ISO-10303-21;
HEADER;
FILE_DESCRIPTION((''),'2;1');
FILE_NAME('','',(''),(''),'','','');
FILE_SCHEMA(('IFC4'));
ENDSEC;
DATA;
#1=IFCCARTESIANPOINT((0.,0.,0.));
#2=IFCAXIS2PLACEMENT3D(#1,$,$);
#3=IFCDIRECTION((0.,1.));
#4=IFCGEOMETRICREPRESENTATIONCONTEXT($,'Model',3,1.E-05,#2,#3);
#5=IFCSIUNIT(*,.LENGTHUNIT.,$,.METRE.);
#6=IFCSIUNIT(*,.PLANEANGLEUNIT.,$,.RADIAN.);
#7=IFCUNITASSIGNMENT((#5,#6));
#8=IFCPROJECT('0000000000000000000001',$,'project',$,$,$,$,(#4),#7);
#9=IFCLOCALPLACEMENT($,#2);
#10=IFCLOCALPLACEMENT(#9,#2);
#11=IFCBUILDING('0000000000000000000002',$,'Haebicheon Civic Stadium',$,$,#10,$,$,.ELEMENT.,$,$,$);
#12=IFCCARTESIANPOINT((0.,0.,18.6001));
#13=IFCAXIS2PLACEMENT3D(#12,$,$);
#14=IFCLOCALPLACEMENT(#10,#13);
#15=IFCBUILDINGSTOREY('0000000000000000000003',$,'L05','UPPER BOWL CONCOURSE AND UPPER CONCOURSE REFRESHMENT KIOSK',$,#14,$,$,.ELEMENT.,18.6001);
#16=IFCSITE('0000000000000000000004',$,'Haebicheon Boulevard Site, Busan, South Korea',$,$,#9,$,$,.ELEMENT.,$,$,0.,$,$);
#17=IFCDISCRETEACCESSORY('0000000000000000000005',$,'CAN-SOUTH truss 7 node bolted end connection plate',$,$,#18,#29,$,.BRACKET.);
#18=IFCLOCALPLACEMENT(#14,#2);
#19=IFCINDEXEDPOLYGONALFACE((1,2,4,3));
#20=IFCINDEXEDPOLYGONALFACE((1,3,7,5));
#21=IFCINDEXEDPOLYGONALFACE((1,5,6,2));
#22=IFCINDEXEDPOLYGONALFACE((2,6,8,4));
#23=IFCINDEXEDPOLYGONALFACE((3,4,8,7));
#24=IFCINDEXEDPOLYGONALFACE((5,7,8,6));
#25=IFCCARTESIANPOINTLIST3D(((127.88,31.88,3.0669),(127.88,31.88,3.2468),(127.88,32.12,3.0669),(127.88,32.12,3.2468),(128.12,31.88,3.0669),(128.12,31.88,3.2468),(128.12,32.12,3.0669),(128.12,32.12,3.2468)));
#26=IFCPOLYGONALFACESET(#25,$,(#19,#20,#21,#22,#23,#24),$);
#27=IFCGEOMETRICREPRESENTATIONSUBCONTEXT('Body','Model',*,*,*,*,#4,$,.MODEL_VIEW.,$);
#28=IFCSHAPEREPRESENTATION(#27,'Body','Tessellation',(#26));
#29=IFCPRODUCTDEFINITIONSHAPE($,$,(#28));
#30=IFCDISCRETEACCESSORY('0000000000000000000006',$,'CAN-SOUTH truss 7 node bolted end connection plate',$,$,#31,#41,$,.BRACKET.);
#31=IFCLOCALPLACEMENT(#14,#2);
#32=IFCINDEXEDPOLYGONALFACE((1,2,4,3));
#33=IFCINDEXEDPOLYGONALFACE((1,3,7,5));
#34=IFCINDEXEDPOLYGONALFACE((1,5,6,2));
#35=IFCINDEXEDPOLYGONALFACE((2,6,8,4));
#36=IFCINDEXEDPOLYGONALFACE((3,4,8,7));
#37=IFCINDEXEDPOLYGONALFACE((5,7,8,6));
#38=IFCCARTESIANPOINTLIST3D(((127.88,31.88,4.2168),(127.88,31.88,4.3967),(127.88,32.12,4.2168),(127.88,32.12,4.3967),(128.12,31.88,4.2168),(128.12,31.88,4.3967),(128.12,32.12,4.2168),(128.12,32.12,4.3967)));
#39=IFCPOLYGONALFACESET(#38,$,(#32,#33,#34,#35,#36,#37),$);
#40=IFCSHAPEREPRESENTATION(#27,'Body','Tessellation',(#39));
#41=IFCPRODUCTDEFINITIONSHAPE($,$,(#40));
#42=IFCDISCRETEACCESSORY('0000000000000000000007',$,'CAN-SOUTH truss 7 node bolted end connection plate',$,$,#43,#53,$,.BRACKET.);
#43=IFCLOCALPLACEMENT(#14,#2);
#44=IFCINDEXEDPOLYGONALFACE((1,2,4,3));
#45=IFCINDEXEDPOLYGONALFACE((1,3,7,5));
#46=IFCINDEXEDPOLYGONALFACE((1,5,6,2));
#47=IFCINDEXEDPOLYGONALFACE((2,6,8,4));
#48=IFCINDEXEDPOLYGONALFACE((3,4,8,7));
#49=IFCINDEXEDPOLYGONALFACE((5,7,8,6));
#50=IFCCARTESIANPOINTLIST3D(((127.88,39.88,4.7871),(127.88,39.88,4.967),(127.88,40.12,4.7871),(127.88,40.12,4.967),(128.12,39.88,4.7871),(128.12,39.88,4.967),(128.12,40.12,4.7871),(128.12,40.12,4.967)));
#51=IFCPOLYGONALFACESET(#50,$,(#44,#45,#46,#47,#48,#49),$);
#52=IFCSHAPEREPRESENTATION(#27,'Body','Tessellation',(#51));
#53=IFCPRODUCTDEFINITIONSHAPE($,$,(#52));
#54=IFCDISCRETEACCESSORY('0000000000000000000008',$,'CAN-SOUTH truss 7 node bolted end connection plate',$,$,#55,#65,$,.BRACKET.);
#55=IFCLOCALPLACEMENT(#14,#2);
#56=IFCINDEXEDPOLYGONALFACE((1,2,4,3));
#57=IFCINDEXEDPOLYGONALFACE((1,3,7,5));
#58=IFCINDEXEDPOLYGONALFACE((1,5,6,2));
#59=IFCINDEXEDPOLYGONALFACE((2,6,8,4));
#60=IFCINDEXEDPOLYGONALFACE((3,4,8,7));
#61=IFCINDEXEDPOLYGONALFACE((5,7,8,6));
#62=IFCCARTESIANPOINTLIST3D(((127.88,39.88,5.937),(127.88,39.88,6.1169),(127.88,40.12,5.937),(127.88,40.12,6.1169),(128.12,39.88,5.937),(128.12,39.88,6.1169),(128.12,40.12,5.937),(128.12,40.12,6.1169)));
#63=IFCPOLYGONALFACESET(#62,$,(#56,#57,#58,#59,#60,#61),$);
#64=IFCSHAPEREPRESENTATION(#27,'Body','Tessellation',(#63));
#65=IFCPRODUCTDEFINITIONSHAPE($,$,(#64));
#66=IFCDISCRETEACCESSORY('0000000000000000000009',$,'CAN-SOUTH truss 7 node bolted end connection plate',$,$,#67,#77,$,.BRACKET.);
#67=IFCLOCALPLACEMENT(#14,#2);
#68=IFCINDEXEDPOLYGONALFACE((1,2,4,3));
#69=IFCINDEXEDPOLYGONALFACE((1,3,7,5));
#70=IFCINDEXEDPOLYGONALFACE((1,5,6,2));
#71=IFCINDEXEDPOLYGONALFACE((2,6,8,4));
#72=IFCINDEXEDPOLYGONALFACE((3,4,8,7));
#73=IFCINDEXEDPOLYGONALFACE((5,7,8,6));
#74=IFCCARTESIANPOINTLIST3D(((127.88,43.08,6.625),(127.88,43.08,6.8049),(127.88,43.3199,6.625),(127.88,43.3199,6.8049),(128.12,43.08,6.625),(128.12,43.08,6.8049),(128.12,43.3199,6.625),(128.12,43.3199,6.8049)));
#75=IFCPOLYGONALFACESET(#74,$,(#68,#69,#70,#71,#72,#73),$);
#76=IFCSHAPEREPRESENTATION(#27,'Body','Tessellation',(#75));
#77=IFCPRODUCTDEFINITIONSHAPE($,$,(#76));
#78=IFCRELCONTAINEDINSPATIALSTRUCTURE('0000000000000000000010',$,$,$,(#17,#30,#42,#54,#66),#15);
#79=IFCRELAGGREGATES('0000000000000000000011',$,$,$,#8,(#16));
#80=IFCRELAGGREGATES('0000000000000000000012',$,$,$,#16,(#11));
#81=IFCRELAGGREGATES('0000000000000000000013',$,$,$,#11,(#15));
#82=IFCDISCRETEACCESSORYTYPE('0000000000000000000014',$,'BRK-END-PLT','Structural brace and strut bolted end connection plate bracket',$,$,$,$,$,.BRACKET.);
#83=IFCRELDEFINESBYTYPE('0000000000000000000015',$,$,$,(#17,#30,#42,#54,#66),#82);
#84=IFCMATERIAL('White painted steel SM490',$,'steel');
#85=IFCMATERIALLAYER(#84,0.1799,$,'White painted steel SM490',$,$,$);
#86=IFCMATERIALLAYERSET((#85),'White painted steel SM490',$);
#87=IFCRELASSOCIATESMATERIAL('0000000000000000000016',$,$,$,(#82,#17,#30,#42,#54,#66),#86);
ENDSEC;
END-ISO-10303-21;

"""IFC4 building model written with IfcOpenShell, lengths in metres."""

from ifc_helpers import new_model, si_unit, direction, frame, origin, origin_2d, place, context, subcontext, project, spatial, rectangle, extrude, material, layer, layer_set, type_object, element, save


model = new_model("IFC4")

# Units and contexts
model_context = context("Model", 3, precision=1e-05, world=origin(), true_north=direction((0.0, 1.0)))
body_context = subcontext(model_context, "Body", "Model", "MODEL_VIEW")
ifc_project = project(units=[si_unit("LENGTHUNIT", "METRE"), si_unit("PLANEANGLEUNIT", "RADIAN")], contexts=[model_context])

# Site, building, storey
site_placement = place(None, origin())
site = spatial("IfcSite", under=ifc_project, at=site_placement, Name="Haebicheon Boulevard Site, Busan, South Korea", CompositionType="ELEMENT", RefElevation=0.0)
building_placement = place(site_placement, origin())
building = spatial("IfcBuilding", under=site, at=building_placement, Name="Haebicheon Civic Stadium", CompositionType="ELEMENT")
storey_placement = place(building_placement, frame((0.0, 0.0, 18.6001)))
storey = spatial("IfcBuildingStorey", under=building, at=storey_placement, Name="L05", Description="UPPER BOWL CONCOURSE AND UPPER CONCOURSE REFRESHMENT KIOSK", CompositionType="ELEMENT", Elevation=18.6001)

# Discrete accessories
ifc_material_1 = material(Name="White painted steel SM490", Category="steel")
ifc_layer_1 = layer(ifc_material_1, 0.1799, Name="White painted steel SM490")
ifc_layer_set_1 = layer_set([ifc_layer_1], Name="White painted steel SM490")
discrete_accessory_type = type_object("IfcDiscreteAccessoryType", Name="BRK-END-PLT", Description="Structural brace and strut bolted end connection plate bracket", PredefinedType="BRACKET", material=ifc_layer_set_1)
for number, where, z_axis, x_axis, name in (
    (1, (128.0, 32.0, 3.0669), (0.0, 0.0, 1.0), (1.0, 0.0, 0.0), "CAN-SOUTH truss 7 node bolted end connection plate"),
    (2, (128.0, 32.0, 4.2168), (0.0, 0.0, 1.0), (1.0, 0.0, 0.0), "CAN-SOUTH truss 7 node bolted end connection plate"),
    (3, (128.0, 40.0, 4.7871), (0.0, 0.0, 1.0), (1.0, 0.0, 0.0), "CAN-SOUTH truss 7 node bolted end connection plate"),
    (4, (128.0, 40.0, 5.937), (0.0, 0.0, 1.0), (1.0, 0.0, 0.0), "CAN-SOUTH truss 7 node bolted end connection plate"),
    (5, (128.0, 43.2, 6.625), (0.0, 0.0, 1.0), (1.0, 0.0, 0.0), "CAN-SOUTH truss 7 node bolted end connection plate"),
):
    element("IfcDiscreteAccessory", number, at=place(storey_placement, frame(where, z_axis=z_axis, x_axis=x_axis)), inside=storey, type_object=discrete_accessory_type, material=ifc_layer_set_1, Name=name, PredefinedType="BRACKET", context=body_context, shape_type="SweptSolid", body=[
        extrude(rectangle(XDim=0.24, YDim=0.24, at=origin_2d()), origin(), (0.0, 0.0, 1.0), 0.1799),
    ])

save(model, "model.ifc")
